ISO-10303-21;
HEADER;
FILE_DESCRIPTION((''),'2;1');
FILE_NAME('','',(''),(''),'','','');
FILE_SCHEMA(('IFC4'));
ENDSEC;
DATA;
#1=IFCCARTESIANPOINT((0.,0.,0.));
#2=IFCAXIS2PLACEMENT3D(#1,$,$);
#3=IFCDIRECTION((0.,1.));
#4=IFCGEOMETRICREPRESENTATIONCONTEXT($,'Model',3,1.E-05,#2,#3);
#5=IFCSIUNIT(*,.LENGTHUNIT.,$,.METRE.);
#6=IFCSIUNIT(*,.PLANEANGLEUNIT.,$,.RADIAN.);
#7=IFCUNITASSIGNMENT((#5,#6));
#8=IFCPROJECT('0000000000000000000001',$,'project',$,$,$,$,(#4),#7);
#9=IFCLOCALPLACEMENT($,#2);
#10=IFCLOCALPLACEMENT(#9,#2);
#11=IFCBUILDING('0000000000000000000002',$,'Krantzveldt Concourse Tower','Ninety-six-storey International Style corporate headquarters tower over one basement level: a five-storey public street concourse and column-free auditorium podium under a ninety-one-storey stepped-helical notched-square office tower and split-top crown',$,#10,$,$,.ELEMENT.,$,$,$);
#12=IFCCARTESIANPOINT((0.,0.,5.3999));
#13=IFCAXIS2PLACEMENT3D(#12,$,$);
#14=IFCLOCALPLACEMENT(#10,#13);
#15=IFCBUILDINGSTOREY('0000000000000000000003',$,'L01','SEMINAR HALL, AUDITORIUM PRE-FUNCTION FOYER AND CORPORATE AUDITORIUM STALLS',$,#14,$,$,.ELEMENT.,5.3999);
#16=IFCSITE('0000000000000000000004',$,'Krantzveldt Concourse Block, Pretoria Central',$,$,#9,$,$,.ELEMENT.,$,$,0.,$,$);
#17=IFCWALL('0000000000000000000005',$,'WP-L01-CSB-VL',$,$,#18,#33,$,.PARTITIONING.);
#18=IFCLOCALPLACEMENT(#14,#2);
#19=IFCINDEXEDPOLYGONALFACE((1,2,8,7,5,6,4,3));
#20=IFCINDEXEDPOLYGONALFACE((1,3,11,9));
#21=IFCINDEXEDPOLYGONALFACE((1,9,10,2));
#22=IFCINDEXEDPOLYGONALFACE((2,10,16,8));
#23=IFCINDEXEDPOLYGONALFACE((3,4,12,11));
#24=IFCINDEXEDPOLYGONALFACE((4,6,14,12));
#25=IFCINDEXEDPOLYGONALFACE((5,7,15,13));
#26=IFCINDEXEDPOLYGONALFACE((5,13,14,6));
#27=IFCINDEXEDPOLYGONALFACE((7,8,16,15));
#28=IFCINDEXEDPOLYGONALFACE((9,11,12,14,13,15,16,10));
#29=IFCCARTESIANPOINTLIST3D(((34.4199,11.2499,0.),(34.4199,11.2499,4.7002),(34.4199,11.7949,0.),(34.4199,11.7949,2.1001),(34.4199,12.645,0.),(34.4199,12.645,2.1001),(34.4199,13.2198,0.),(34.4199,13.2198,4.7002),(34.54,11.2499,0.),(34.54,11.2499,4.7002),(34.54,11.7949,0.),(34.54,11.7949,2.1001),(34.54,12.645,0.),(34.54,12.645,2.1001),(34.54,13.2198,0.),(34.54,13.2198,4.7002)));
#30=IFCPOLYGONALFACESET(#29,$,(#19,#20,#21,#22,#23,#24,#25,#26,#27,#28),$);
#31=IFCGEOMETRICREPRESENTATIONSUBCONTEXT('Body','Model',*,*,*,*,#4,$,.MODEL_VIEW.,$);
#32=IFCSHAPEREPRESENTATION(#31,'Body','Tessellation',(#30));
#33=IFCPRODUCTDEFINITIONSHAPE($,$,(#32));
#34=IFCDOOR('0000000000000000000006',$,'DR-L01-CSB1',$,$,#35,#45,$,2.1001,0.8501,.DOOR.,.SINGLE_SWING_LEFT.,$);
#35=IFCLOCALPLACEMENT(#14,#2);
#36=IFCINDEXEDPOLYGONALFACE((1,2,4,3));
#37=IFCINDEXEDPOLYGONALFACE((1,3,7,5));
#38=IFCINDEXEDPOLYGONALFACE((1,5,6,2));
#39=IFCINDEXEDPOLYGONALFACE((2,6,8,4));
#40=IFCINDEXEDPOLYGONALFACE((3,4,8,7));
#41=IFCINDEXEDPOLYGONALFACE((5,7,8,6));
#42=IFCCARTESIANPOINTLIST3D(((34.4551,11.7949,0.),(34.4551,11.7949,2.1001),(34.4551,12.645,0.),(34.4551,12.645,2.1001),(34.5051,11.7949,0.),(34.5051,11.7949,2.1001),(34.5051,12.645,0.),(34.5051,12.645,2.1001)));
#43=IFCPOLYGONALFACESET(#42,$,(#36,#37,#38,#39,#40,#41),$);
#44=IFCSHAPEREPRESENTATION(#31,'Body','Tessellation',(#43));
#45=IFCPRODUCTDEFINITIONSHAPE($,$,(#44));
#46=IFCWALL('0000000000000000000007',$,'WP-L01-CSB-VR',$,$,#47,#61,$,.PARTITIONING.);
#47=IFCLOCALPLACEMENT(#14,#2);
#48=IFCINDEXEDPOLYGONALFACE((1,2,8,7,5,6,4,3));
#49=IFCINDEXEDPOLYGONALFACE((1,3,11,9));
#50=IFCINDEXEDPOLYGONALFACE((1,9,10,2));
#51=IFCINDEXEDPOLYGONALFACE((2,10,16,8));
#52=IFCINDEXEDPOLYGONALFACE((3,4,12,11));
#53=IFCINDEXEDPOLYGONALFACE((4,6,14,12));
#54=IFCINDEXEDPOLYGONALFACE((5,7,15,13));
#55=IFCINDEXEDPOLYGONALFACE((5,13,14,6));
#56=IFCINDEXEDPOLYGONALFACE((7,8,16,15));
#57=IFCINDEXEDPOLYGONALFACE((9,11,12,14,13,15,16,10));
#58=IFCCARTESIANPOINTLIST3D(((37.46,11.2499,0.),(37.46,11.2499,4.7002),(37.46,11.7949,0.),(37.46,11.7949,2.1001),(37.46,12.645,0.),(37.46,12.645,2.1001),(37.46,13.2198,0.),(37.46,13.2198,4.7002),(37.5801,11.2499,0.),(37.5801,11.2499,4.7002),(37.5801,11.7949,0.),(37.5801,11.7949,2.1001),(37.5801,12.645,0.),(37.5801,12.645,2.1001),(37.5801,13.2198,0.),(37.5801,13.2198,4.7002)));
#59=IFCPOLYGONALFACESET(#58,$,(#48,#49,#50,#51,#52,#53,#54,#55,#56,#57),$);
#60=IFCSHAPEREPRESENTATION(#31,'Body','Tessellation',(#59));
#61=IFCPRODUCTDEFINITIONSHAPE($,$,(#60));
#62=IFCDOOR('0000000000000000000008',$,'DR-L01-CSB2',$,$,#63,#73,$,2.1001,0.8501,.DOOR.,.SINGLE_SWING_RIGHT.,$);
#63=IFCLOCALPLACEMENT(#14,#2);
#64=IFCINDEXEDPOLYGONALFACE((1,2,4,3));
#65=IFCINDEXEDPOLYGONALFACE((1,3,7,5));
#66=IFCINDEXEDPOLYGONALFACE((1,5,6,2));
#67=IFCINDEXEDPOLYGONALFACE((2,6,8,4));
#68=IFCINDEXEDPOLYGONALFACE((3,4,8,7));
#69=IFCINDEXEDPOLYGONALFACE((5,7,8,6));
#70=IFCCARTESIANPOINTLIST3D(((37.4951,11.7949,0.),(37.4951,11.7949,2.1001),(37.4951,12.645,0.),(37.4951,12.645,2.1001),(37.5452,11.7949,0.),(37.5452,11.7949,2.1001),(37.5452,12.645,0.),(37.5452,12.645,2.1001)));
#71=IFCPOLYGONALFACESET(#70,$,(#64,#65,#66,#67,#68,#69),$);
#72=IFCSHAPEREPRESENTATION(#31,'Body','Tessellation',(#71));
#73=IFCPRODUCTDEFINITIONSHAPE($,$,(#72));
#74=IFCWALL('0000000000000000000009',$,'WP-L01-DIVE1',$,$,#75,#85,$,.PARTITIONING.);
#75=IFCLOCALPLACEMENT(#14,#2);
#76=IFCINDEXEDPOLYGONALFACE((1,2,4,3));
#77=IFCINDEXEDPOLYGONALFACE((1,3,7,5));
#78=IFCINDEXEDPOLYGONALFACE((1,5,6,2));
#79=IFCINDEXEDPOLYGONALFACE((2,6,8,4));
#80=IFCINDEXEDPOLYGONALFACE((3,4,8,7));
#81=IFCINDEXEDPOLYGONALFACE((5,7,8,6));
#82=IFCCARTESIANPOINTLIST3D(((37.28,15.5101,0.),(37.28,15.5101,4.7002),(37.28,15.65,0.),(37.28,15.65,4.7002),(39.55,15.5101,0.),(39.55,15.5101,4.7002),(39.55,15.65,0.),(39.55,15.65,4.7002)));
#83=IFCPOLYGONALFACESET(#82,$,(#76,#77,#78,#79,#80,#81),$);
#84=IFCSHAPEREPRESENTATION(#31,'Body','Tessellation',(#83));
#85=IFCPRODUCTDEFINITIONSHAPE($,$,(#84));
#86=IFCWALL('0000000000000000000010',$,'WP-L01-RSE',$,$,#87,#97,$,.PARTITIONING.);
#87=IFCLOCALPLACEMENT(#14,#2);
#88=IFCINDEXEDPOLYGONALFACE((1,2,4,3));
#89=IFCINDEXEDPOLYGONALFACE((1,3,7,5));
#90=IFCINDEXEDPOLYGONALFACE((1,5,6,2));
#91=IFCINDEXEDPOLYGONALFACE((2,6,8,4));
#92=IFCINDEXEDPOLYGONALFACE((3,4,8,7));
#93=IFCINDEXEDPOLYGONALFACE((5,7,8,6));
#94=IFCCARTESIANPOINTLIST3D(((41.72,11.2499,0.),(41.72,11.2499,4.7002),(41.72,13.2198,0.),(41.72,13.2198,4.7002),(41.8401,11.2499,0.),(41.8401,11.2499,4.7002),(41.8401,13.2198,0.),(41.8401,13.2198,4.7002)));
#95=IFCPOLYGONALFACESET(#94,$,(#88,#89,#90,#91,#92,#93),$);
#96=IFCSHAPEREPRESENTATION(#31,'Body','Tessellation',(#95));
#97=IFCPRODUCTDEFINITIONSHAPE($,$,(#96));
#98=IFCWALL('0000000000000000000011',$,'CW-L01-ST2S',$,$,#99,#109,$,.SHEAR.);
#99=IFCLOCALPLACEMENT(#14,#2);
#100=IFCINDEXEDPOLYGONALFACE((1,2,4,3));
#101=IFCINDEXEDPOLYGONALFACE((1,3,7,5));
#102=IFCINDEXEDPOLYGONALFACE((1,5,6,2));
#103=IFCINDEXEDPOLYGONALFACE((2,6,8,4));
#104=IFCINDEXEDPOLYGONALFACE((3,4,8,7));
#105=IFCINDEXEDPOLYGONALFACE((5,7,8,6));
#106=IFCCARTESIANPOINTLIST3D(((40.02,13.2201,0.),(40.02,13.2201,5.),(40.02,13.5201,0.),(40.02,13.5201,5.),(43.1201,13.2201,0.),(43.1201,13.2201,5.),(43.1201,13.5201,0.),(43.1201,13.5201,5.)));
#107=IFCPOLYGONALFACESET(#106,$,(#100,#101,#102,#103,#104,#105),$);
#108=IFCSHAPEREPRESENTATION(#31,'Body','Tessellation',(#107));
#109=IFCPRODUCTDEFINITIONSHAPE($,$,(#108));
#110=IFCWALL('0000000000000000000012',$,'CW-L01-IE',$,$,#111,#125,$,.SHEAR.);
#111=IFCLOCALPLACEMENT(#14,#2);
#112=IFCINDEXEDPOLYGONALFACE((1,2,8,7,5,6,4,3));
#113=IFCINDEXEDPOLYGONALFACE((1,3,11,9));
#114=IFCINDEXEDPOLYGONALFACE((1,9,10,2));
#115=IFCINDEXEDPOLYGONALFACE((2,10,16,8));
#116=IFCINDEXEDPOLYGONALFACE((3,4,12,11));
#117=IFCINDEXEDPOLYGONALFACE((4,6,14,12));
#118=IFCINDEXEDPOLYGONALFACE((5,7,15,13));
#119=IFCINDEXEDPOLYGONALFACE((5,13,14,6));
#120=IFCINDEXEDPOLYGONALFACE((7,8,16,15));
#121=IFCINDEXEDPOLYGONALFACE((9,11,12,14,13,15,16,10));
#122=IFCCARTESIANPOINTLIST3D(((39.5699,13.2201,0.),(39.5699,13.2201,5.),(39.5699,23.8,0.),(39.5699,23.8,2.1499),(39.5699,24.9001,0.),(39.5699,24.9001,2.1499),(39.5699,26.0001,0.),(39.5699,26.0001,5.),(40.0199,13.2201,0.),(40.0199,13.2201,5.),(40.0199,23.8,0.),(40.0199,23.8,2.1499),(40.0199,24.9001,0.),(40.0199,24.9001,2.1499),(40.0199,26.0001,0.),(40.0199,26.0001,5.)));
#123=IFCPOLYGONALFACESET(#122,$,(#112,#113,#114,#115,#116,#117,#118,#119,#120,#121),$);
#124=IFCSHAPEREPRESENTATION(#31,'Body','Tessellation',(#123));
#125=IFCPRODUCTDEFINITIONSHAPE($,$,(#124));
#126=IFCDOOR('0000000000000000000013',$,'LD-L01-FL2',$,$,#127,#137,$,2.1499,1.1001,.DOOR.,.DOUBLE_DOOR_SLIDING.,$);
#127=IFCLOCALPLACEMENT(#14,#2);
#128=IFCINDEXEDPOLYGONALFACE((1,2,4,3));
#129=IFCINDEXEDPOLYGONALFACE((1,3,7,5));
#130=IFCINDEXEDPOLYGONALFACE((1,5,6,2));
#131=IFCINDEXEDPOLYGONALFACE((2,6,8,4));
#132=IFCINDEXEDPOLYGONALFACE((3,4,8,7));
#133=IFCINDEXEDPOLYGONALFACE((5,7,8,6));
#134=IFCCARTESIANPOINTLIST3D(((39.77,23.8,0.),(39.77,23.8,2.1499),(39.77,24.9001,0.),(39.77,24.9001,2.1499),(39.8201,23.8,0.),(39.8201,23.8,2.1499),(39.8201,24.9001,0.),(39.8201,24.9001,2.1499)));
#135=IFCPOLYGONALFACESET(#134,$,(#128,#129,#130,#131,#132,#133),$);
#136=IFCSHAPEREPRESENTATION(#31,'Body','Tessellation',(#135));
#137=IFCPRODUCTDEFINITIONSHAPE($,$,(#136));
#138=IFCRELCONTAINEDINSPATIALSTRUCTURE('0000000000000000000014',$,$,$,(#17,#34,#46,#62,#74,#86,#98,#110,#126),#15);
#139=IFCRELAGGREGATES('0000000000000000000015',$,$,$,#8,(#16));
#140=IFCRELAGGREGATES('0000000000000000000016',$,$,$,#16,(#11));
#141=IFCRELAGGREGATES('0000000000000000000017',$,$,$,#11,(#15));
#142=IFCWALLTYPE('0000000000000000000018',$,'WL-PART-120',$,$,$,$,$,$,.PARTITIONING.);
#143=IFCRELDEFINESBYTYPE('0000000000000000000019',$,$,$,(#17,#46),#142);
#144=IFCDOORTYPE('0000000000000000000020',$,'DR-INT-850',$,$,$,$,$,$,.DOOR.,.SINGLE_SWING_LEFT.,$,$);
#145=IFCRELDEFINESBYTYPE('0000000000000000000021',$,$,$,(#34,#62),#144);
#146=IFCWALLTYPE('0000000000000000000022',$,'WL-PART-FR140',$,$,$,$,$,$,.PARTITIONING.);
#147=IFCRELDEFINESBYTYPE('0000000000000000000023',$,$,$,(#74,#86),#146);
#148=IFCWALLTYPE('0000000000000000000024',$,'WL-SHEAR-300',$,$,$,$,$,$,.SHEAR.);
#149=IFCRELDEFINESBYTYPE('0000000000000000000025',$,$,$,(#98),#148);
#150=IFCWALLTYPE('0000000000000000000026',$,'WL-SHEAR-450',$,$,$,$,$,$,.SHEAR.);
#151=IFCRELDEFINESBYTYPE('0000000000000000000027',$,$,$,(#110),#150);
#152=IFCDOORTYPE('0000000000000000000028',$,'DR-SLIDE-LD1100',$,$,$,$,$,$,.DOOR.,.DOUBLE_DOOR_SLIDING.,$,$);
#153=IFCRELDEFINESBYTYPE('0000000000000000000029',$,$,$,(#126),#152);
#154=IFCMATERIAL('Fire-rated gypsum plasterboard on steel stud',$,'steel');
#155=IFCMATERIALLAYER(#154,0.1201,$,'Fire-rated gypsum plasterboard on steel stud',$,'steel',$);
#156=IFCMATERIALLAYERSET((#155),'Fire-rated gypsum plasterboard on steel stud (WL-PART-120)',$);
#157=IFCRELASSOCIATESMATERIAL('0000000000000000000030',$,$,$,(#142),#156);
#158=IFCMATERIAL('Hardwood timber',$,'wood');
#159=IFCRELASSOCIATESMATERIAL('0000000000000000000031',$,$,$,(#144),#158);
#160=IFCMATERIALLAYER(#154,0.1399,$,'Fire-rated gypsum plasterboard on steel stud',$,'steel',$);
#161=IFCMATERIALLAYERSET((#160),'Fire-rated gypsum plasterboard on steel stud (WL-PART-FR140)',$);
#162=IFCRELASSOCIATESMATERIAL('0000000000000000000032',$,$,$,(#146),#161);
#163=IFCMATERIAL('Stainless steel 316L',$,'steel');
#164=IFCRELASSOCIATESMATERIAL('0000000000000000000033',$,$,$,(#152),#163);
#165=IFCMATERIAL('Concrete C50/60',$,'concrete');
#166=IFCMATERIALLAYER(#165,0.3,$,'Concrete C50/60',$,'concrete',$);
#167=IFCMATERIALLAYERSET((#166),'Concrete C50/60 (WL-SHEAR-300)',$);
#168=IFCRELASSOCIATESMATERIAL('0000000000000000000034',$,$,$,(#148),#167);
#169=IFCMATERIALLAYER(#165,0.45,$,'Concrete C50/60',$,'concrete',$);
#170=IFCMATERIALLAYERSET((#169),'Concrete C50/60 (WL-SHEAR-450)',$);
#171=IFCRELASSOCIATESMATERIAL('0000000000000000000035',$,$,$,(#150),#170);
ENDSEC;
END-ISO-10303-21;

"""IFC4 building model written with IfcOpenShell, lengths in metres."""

from ifc_helpers import new_model, si_unit, direction, frame, frame_2d, origin, place, context, subcontext, project, spatial, rectangle, extrude, material, layer, layer_set, type_object, element, fill, save


model = new_model("IFC4")

# Units and contexts
model_context = context("Model", 3, precision=1e-05, world=origin(), true_north=direction((0.0, 1.0)))
body_context = subcontext(model_context, "Body", "Model", "MODEL_VIEW")
ifc_project = project(units=[si_unit("LENGTHUNIT", "METRE"), si_unit("PLANEANGLEUNIT", "RADIAN")], contexts=[model_context])

# Site, building, storey
site_placement = place(None, origin())
site = spatial("IfcSite", under=ifc_project, at=site_placement, Name="Krantzveldt Concourse Block, Pretoria Central", CompositionType="ELEMENT", RefElevation=0.0)
building_placement = place(site_placement, origin())
building = spatial("IfcBuilding", under=site, at=building_placement, Name="Krantzveldt Concourse Tower", Description="Ninety-six-storey International Style corporate headquarters tower over one basement level: a five-storey public street concourse and column-free auditorium podium under a ninety-one-storey stepped-helical notched-square office tower and split-top crown", CompositionType="ELEMENT")
storey_placement = place(building_placement, frame((0.0, 0.0, 5.3999)))
storey = spatial("IfcBuildingStorey", under=building, at=storey_placement, Name="L01", Description="SEMINAR HALL, AUDITORIUM PRE-FUNCTION FOYER AND CORPORATE AUDITORIUM STALLS", CompositionType="ELEMENT", Elevation=5.3999)

# Walls, openings, doors
ifc_material_1 = material(Name="Fire-rated gypsum plasterboard on steel stud", Category="steel")
ifc_layer_1 = layer(ifc_material_1, 0.1201, Name="Fire-rated gypsum plasterboard on steel stud", Category="steel")
ifc_layer_set_1 = layer_set([ifc_layer_1], Name="Fire-rated gypsum plasterboard on steel stud (WL-PART-120)")
wall_type_1 = type_object("IfcWallType", Name="WL-PART-120", PredefinedType="PARTITIONING", material=ifc_layer_set_1)
wall_1_placement = place(storey_placement, frame((34.48, 11.25, 0.0), z_axis=(0.0, 0.0, 1.0), x_axis=(0.0, 1.0, 0.0)))
wall_1 = element("IfcWall", 1, at=wall_1_placement, inside=storey, type_object=wall_type_1, Name="WP-L01-CSB-VL", PredefinedType="PARTITIONING", context=body_context, shape_type="SweptSolid", body=[
    extrude(rectangle(XDim=1.97, YDim=0.1201, at=frame_2d((0.9849, 0.0))), origin(), (0.0, 0.0, 1.0), 4.7002),
])
opening_1_placement = place(wall_1_placement, frame((0.5449, 0.0, 0.0)))
opening_1 = element("IfcOpeningElement", 2, at=opening_1_placement, cuts=wall_1, PredefinedType="OPENING", context=body_context, shape_type="SweptSolid", body=[
    extrude(rectangle(XDim=0.8501, YDim=2.1001, at=frame_2d((0.425, 1.05))), frame((0.0, 0.0701, 0.0), z_axis=(0.0, -1.0, 0.0), x_axis=(1.0, 0.0, 0.0)), (0.0, 0.0, 1.0), 0.1401),
])
ifc_material_2 = material(Name="Hardwood timber", Category="wood")
door_type_1 = type_object("IfcDoorType", Name="DR-INT-850", OperationType="SINGLE_SWING_LEFT", PredefinedType="DOOR", material=ifc_material_2)
door_1_placement = place(opening_1_placement, origin())
door_1 = element("IfcDoor", 3, at=door_1_placement, inside=storey, type_object=door_type_1, Name="DR-L01-CSB1", OperationType="SINGLE_SWING_LEFT", OverallHeight=2.1001, OverallWidth=0.8501, PredefinedType="DOOR", context=body_context, shape_type="SweptSolid", body=[
    extrude(rectangle(XDim=0.8501, YDim=2.1001, at=frame_2d((0.425, 1.05))), frame((0.0, 0.0249, 0.0), z_axis=(0.0, -1.0, 0.0), x_axis=(1.0, 0.0, 0.0)), (0.0, 0.0, 1.0), 0.05),
])
fill(opening_1, door_1)
wall_2_placement = place(storey_placement, frame((37.52, 11.25, 0.0), z_axis=(0.0, 0.0, 1.0), x_axis=(0.0, 1.0, 0.0)))
wall_2 = element("IfcWall", 4, at=wall_2_placement, inside=storey, type_object=wall_type_1, Name="WP-L01-CSB-VR", PredefinedType="PARTITIONING", context=body_context, shape_type="SweptSolid", body=[
    extrude(rectangle(XDim=1.97, YDim=0.1201, at=frame_2d((0.9849, 0.0))), origin(), (0.0, 0.0, 1.0), 4.7002),
])
opening_2_placement = place(wall_2_placement, frame((0.5449, 0.0, 0.0)))
opening_2 = element("IfcOpeningElement", 5, at=opening_2_placement, cuts=wall_2, PredefinedType="OPENING", context=body_context, shape_type="SweptSolid", body=[
    extrude(rectangle(XDim=0.8501, YDim=2.1001, at=frame_2d((0.425, 1.05))), frame((0.0, 0.0701, 0.0), z_axis=(0.0, -1.0, 0.0), x_axis=(1.0, 0.0, 0.0)), (0.0, 0.0, 1.0), 0.1401),
])
door_2_placement = place(opening_2_placement, origin())
door_2 = element("IfcDoor", 6, at=door_2_placement, inside=storey, type_object=door_type_1, Name="DR-L01-CSB2", OperationType="SINGLE_SWING_RIGHT", OverallHeight=2.1001, OverallWidth=0.8501, PredefinedType="DOOR", context=body_context, shape_type="SweptSolid", body=[
    extrude(rectangle(XDim=0.8501, YDim=2.1001, at=frame_2d((0.425, 1.05))), frame((0.0, 0.0249, 0.0), z_axis=(0.0, -1.0, 0.0), x_axis=(1.0, 0.0, 0.0)), (0.0, 0.0, 1.0), 0.05),
])
fill(opening_2, door_2)

# Shared definitions
ifc_layer_2 = layer(ifc_material_1, 0.1399, Name="Fire-rated gypsum plasterboard on steel stud", Category="steel")
ifc_layer_set_2 = layer_set([ifc_layer_2], Name="Fire-rated gypsum plasterboard on steel stud (WL-PART-FR140)")
wall_type_2 = type_object("IfcWallType", Name="WL-PART-FR140", PredefinedType="PARTITIONING", material=ifc_layer_set_2)
ifc_material_3 = material(Name="Stainless steel 316L", Category="steel")
door_type_2 = type_object("IfcDoorType", Name="DR-SLIDE-LD1100", OperationType="DOUBLE_DOOR_SLIDING", PredefinedType="DOOR", material=ifc_material_3)

# Walls
wall_3_placement = place(storey_placement, frame((37.28, 15.5801, 0.0), z_axis=(0.0, 0.0, 1.0), x_axis=(1.0, 0.0, 0.0)))
element("IfcWall", 7, at=wall_3_placement, inside=storey, type_object=wall_type_2, Name="WP-L01-DIVE1", PredefinedType="PARTITIONING", context=body_context, shape_type="SweptSolid", body=[
    extrude(rectangle(XDim=2.27, YDim=0.1399, at=frame_2d((1.135, 0.0))), origin(), (0.0, 0.0, 1.0), 4.7002),
])
wall_4_placement = place(storey_placement, frame((41.78, 11.25, 0.0), z_axis=(0.0, 0.0, 1.0), x_axis=(0.0, 1.0, 0.0)))
element("IfcWall", 8, at=wall_4_placement, inside=storey, type_object=wall_type_2, Name="WP-L01-RSE", PredefinedType="PARTITIONING", context=body_context, shape_type="SweptSolid", body=[
    extrude(rectangle(XDim=1.97, YDim=0.1201, at=frame_2d((0.9849, 0.0))), origin(), (0.0, 0.0, 1.0), 4.7002),
])
ifc_material_4 = material(Name="Concrete C50/60", Category="concrete")
ifc_layer_3 = layer(ifc_material_4, 0.3, Name="Concrete C50/60", Category="concrete")
ifc_layer_set_3 = layer_set([ifc_layer_3], Name="Concrete C50/60 (WL-SHEAR-300)")
wall_type_3 = type_object("IfcWallType", Name="WL-SHEAR-300", PredefinedType="SHEAR", material=ifc_layer_set_3)
wall_5_placement = place(storey_placement, frame((40.02, 13.3701, 0.0), z_axis=(0.0, 0.0, 1.0), x_axis=(1.0, 0.0, 0.0)))
element("IfcWall", 9, at=wall_5_placement, inside=storey, type_object=wall_type_3, Name="CW-L01-ST2S", PredefinedType="SHEAR", context=body_context, shape_type="SweptSolid", body=[
    extrude(rectangle(XDim=3.1001, YDim=0.3, at=frame_2d((1.55, 0.0))), origin(), (0.0, 0.0, 1.0), 5.0),
])

# Wall, opening, door
ifc_layer_4 = layer(ifc_material_4, 0.45, Name="Concrete C50/60", Category="concrete")
ifc_layer_set_4 = layer_set([ifc_layer_4], Name="Concrete C50/60 (WL-SHEAR-450)")
wall_type_4 = type_object("IfcWallType", Name="WL-SHEAR-450", PredefinedType="SHEAR", material=ifc_layer_set_4)
wall_6_placement = place(storey_placement, frame((39.7949, 13.22, 0.0), z_axis=(0.0, 0.0, 1.0), x_axis=(0.0, 1.0, 0.0)))
wall_6 = element("IfcWall", 10, at=wall_6_placement, inside=storey, type_object=wall_type_4, Name="CW-L01-IE", PredefinedType="SHEAR", context=body_context, shape_type="SweptSolid", body=[
    extrude(rectangle(XDim=12.78, YDim=0.45, at=frame_2d((6.3901, 0.0))), origin(), (0.0, 0.0, 1.0), 5.0),
])
opening_3_placement = place(wall_6_placement, frame((10.5801, 0.0, 0.0)))
opening_3 = element("IfcOpeningElement", 11, at=opening_3_placement, cuts=wall_6, PredefinedType="OPENING", context=body_context, shape_type="SweptSolid", body=[
    extrude(rectangle(XDim=1.1001, YDim=2.1499, at=frame_2d((0.55, 1.075))), frame((0.0, 0.2349, 0.0), z_axis=(0.0, -1.0, 0.0), x_axis=(1.0, 0.0, 0.0)), (0.0, 0.0, 1.0), 0.47),
])
door_3_placement = place(opening_3_placement, origin())
door_3 = element("IfcDoor", 12, at=door_3_placement, inside=storey, type_object=door_type_2, Name="LD-L01-FL2", OperationType="DOUBLE_DOOR_SLIDING", OverallHeight=2.1499, OverallWidth=1.1001, PredefinedType="DOOR", context=body_context, shape_type="SweptSolid", body=[
    extrude(rectangle(XDim=1.1001, YDim=2.1499, at=frame_2d((0.55, 1.075))), frame((0.0, 0.0249, 0.0), z_axis=(0.0, -1.0, 0.0), x_axis=(1.0, 0.0, 0.0)), (0.0, 0.0, 1.0), 0.05),
])
fill(opening_3, door_3)

save(model, "model.ifc")
